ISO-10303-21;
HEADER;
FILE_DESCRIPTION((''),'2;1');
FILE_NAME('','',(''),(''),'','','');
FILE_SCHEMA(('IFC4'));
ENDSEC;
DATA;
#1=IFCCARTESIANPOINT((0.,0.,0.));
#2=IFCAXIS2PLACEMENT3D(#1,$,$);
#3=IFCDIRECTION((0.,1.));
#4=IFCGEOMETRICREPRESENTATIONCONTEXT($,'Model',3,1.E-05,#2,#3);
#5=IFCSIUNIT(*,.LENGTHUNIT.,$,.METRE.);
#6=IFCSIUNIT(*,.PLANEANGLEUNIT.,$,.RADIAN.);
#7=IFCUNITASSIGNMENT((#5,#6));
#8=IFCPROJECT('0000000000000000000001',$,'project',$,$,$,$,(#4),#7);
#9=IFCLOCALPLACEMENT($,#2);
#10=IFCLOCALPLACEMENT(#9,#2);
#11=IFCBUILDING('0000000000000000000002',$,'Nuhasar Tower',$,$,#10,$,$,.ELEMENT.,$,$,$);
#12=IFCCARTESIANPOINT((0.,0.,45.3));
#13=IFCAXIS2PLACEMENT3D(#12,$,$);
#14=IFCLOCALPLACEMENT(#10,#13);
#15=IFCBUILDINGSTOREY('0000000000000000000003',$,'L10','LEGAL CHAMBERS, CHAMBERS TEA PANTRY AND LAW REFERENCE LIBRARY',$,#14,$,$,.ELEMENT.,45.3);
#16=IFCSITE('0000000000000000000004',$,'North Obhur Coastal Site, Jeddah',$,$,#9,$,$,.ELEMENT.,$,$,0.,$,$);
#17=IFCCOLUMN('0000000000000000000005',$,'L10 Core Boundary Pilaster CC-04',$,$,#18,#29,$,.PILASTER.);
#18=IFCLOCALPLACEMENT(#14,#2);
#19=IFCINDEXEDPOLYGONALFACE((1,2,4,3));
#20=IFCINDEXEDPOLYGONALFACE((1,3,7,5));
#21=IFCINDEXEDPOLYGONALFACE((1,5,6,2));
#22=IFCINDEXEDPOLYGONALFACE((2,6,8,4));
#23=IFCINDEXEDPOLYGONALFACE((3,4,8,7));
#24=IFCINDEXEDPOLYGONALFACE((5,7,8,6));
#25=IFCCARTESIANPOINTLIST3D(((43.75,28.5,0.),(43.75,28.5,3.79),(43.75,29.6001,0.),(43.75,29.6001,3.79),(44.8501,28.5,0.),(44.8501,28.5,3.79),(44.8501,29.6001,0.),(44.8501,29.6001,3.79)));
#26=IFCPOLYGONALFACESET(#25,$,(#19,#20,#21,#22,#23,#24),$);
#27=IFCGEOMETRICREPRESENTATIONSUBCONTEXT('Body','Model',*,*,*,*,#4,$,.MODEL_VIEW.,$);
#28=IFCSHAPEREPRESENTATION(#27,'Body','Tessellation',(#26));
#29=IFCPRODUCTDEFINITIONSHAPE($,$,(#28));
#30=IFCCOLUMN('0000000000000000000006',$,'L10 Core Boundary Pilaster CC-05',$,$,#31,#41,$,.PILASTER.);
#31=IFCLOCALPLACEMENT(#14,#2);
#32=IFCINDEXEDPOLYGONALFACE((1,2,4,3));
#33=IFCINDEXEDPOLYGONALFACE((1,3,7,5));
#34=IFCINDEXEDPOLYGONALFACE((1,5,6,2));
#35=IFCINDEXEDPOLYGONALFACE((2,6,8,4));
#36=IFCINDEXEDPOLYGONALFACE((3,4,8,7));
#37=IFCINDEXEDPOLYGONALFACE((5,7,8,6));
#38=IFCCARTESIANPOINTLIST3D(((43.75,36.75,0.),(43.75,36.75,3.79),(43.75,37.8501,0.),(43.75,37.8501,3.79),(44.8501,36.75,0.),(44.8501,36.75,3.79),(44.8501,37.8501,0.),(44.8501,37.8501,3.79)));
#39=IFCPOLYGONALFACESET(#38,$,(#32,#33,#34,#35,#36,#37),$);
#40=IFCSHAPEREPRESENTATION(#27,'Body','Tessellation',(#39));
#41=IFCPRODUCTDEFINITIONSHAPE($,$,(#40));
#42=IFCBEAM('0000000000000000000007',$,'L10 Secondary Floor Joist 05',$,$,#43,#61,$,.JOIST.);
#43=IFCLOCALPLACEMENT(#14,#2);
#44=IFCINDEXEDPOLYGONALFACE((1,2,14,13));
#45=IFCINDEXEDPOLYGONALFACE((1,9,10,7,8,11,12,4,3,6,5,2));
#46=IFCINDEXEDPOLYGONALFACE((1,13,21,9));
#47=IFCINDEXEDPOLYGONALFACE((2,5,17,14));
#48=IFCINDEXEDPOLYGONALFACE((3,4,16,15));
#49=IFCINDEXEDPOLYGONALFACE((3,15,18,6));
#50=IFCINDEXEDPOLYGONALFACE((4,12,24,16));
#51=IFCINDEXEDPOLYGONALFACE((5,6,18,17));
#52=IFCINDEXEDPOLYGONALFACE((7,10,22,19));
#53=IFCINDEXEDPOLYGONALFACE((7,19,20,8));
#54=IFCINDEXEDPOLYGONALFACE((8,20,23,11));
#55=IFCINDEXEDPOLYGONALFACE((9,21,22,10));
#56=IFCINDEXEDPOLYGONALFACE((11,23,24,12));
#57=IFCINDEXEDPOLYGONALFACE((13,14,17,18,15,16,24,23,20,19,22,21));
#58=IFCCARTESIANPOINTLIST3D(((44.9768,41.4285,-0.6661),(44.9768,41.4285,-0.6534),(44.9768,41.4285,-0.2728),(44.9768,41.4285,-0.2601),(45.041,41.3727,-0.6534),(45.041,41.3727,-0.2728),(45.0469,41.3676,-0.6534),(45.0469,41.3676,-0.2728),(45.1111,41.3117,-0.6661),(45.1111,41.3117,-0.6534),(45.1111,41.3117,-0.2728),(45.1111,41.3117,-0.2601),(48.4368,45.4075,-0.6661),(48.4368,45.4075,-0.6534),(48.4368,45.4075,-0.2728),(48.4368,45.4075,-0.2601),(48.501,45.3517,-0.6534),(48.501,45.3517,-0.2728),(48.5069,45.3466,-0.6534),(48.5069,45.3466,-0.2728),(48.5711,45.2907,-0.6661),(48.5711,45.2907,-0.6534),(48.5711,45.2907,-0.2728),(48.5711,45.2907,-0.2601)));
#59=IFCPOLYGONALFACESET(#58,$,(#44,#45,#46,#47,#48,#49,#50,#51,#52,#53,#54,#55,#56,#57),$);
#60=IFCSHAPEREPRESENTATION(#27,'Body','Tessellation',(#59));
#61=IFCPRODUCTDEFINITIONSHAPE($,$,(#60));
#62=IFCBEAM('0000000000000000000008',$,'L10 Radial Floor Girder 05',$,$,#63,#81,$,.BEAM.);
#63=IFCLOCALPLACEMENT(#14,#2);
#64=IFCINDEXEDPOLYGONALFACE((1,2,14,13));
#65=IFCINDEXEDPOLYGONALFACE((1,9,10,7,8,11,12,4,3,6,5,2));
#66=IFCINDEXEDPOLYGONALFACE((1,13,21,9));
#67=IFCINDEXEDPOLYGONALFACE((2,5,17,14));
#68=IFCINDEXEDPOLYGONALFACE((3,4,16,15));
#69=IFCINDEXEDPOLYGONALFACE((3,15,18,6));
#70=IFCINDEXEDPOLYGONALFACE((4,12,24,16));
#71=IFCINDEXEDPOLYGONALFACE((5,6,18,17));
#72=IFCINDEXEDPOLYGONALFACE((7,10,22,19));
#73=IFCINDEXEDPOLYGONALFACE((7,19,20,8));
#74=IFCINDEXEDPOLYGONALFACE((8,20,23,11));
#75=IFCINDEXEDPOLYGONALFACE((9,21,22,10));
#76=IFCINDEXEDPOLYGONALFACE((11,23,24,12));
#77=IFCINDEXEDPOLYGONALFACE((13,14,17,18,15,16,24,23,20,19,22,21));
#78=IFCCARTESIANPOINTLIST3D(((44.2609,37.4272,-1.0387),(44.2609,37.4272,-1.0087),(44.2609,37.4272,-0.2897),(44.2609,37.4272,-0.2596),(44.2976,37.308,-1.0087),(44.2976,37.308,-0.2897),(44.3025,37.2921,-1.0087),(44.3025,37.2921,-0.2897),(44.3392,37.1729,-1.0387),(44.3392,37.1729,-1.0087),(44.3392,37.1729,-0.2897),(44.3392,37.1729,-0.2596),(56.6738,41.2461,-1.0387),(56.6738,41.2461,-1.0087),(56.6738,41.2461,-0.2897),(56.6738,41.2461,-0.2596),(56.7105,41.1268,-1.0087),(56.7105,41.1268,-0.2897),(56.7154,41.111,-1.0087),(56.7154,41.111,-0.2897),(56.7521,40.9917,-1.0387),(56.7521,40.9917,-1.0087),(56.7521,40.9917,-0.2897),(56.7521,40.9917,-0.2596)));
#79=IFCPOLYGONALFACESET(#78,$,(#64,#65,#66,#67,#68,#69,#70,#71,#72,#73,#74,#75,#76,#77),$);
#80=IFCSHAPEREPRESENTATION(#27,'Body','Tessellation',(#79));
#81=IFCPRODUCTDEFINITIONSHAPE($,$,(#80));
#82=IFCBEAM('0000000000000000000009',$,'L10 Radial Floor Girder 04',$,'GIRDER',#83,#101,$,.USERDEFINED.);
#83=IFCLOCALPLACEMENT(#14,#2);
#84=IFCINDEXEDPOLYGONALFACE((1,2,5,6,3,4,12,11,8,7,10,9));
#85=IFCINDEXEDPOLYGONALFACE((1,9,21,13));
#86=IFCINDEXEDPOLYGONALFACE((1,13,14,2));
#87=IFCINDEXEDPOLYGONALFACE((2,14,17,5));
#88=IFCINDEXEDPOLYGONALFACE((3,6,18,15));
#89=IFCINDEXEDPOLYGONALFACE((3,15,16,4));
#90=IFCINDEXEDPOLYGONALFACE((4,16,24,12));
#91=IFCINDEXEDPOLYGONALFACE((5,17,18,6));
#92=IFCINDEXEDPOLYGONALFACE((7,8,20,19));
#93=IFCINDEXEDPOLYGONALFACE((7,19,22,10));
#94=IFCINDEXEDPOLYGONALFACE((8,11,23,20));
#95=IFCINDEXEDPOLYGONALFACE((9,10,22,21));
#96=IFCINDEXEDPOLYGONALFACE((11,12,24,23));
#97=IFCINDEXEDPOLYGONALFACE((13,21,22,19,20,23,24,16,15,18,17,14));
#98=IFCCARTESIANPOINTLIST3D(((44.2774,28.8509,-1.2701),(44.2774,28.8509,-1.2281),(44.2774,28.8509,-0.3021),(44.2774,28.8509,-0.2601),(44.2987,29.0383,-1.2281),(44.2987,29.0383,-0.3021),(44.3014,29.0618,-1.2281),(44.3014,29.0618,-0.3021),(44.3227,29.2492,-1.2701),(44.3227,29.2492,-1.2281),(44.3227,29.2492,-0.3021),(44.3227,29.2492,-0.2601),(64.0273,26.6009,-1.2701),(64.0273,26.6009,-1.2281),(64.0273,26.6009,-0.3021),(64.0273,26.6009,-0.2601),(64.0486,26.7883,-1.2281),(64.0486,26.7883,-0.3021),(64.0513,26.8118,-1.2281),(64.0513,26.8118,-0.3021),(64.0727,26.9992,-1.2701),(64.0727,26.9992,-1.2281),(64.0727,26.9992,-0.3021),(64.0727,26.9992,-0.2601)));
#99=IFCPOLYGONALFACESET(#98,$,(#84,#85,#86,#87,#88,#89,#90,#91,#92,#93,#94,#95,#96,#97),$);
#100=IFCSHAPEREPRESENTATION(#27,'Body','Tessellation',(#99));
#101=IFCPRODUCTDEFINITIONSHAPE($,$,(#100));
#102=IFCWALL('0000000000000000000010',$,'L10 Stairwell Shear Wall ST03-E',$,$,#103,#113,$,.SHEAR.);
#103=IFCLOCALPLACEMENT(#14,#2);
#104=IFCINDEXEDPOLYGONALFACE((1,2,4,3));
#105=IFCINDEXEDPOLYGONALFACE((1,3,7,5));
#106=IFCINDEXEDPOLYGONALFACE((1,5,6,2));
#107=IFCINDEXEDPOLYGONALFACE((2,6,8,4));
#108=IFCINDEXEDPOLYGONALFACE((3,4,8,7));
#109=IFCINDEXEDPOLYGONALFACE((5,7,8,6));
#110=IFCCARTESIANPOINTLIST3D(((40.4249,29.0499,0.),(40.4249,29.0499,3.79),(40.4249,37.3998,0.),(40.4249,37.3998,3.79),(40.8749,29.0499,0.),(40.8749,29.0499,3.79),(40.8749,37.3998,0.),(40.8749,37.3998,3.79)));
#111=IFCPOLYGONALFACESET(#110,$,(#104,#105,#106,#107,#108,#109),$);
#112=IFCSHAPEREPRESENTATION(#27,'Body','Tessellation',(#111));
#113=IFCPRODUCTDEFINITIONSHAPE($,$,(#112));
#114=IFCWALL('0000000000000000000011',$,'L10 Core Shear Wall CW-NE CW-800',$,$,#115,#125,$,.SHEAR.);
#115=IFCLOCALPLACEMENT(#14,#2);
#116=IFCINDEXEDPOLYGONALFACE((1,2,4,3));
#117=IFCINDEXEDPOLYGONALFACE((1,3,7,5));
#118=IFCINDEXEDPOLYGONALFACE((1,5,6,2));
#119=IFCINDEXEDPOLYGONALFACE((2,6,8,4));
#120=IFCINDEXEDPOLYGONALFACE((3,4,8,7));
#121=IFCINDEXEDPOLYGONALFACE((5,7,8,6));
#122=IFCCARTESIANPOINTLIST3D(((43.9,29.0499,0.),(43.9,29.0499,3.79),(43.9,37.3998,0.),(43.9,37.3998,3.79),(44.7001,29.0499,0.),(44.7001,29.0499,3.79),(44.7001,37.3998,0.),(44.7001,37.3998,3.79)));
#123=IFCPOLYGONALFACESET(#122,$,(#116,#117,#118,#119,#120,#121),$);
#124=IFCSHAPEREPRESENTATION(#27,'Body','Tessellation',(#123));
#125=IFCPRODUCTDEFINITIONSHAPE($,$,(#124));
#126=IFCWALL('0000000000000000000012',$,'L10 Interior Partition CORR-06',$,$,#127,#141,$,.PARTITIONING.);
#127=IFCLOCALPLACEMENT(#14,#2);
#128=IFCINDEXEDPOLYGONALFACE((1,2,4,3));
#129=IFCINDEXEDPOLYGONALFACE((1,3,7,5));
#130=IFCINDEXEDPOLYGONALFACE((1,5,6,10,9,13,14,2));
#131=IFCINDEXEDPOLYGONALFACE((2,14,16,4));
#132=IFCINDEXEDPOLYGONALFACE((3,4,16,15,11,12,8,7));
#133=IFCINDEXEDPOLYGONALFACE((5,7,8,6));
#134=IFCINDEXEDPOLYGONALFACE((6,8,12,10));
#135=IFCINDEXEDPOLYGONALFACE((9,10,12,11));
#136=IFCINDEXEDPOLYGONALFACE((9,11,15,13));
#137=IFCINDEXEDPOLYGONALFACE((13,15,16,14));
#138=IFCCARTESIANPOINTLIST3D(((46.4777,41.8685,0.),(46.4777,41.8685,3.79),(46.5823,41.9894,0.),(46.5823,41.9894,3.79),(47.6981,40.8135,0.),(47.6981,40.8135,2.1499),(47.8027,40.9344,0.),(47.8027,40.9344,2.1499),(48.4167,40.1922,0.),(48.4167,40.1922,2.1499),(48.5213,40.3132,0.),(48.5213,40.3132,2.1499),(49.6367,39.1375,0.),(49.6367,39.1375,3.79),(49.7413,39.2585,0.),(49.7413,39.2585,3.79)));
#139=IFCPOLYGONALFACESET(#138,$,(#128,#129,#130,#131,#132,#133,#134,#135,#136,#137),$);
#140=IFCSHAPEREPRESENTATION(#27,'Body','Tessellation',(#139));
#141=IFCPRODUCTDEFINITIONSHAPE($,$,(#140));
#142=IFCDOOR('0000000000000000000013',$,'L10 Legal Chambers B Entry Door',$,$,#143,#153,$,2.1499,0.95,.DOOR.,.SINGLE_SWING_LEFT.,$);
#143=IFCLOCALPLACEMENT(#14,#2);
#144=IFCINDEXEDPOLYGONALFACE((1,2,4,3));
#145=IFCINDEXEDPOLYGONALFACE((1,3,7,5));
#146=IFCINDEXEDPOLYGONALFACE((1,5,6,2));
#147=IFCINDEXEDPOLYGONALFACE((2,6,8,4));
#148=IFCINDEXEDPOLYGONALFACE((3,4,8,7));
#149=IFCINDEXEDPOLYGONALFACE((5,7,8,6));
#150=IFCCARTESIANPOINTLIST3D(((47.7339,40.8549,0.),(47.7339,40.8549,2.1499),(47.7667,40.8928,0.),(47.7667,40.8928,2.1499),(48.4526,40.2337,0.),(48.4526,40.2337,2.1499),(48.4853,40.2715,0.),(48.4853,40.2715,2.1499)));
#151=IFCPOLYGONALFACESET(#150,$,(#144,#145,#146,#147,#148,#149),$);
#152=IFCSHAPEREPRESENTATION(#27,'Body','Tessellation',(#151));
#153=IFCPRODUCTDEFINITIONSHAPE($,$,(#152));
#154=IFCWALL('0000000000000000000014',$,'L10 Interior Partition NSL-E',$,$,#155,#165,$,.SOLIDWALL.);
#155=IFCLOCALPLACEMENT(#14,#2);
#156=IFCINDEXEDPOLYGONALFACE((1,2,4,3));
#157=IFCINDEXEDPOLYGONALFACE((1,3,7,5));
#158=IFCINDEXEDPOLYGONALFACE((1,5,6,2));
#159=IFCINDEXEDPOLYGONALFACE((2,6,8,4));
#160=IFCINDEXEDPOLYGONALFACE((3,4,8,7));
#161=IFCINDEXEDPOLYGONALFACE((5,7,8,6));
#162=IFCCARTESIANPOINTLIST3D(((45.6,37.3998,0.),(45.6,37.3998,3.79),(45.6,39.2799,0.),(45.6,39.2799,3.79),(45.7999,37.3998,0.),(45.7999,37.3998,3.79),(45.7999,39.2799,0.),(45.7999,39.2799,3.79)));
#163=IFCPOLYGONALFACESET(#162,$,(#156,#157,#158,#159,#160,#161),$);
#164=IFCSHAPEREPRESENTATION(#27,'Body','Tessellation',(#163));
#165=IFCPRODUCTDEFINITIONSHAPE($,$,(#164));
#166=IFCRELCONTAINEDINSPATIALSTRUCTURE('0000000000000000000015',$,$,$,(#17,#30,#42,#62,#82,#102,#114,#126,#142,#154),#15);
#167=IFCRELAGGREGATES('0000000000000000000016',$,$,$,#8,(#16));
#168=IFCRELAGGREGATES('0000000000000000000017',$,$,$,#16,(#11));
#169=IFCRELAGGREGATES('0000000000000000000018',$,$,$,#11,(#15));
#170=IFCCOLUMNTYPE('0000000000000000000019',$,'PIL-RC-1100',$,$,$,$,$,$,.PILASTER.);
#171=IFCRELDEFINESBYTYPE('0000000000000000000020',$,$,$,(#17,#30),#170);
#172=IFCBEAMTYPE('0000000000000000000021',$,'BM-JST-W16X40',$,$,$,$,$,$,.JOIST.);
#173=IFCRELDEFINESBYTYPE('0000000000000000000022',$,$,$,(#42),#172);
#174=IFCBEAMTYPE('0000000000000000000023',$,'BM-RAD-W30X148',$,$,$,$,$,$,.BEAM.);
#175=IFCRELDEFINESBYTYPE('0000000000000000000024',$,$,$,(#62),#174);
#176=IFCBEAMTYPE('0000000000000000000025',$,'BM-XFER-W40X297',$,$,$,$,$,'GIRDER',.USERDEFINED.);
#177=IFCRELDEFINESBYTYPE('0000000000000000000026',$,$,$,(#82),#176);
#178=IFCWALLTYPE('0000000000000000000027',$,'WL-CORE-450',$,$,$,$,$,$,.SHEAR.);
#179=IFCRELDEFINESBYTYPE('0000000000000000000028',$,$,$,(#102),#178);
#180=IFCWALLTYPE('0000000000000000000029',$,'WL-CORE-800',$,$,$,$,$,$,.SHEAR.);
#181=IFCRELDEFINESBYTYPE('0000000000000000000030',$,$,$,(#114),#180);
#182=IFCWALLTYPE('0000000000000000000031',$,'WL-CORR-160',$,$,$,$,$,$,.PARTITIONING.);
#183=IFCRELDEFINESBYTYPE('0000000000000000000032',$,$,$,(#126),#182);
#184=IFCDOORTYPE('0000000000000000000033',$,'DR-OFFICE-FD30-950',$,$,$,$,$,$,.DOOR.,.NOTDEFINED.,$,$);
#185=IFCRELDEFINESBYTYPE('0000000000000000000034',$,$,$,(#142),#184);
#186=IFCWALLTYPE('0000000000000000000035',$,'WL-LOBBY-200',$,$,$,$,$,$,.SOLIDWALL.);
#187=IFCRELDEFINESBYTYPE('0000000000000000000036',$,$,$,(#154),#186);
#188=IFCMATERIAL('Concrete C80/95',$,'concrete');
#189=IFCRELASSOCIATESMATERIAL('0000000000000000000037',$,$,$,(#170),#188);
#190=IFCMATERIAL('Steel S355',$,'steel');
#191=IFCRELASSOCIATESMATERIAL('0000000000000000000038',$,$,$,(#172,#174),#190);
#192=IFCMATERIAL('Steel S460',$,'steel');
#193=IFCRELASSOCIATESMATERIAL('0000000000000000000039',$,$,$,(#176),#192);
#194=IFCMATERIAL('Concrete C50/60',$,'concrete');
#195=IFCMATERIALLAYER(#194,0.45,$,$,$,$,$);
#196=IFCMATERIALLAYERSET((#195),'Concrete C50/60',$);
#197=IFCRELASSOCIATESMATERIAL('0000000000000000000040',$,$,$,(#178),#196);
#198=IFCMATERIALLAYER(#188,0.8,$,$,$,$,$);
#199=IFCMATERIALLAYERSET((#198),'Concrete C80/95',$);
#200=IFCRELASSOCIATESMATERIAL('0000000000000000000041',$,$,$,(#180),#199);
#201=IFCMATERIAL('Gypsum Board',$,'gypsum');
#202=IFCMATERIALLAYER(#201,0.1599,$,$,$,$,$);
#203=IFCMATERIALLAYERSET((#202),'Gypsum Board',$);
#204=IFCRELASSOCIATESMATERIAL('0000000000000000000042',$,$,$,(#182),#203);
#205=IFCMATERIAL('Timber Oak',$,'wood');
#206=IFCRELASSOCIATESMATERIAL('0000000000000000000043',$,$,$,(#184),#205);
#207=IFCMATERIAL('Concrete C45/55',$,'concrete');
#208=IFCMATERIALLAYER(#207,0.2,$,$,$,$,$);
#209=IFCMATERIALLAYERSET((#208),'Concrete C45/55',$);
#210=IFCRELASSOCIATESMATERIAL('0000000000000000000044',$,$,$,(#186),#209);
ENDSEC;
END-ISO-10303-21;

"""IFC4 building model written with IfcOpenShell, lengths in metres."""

from ifc_helpers import new_model, si_unit, direction, frame, frame_2d, origin, origin_2d, place, context, subcontext, project, spatial, rectangle, i_section, extrude, material, layer, layer_set, material_profile, profile_set, type_object, element, fill, save


model = new_model("IFC4")

# Units and contexts
model_context = context("Model", 3, precision=1e-05, world=origin(), true_north=direction((0.0, 1.0)))
body_context = subcontext(model_context, "Body", "Model", "MODEL_VIEW")
ifc_project = project(units=[si_unit("LENGTHUNIT", "METRE"), si_unit("PLANEANGLEUNIT", "RADIAN")], contexts=[model_context])

# Site, building, storey
site_placement = place(None, origin())
site = spatial("IfcSite", under=ifc_project, at=site_placement, Name="North Obhur Coastal Site, Jeddah", CompositionType="ELEMENT", RefElevation=0.0)
building_placement = place(site_placement, origin())
building = spatial("IfcBuilding", under=site, at=building_placement, Name="Nuhasar Tower", CompositionType="ELEMENT")
storey_placement = place(building_placement, frame((0.0, 0.0, 45.3)))
storey = spatial("IfcBuildingStorey", under=building, at=storey_placement, Name="L10", Description="LEGAL CHAMBERS, CHAMBERS TEA PANTRY AND LAW REFERENCE LIBRARY", CompositionType="ELEMENT", Elevation=45.3)

# Columns
ifc_material_1 = material(Name="Concrete C80/95", Category="concrete")
ifc_material_profile_1 = material_profile(ifc_material_1, rectangle(XDim=1.1001, YDim=1.1001, at=origin_2d()), Name="RC1100X1100")
ifc_profile_set_1 = profile_set([ifc_material_profile_1], Name="Concrete C80/95")
column_type = type_object("IfcColumnType", Name="PIL-RC-1100", PredefinedType="PILASTER", material=ifc_profile_set_1)
for number, where, z_axis, x_axis, name in (
    (1, (44.3, 29.05, 0.0), (0.0, 0.0, 1.0), (1.0, 0.0, 0.0), "L10 Core Boundary Pilaster CC-04"),
    (2, (44.3, 37.3, 0.0), (0.0, 0.0, 1.0), (1.0, 0.0, 0.0), "L10 Core Boundary Pilaster CC-05"),
):
    element("IfcColumn", number, at=place(storey_placement, frame(where, z_axis=z_axis, x_axis=x_axis)), inside=storey, type_object=column_type, Name=name, PredefinedType="PILASTER", context=body_context, shape_type="SweptSolid", body=[
        extrude(rectangle(XDim=1.1001, YDim=1.1001, at=origin_2d()), origin(), (0.0, 0.0, 1.0), 3.79),
    ])

# Beams
ifc_material_2 = material(Name="Steel S355", Category="steel")
ifc_material_profile_2 = material_profile(ifc_material_2, i_section(OverallWidth=0.178, OverallDepth=0.406, WebThickness=0.0078, FlangeThickness=0.0127, at=origin_2d()), Name="W16X40")
ifc_profile_set_2 = profile_set([ifc_material_profile_2], Name="Steel S355")
beam_type_1 = type_object("IfcBeamType", Name="BM-JST-W16X40", PredefinedType="JOIST", material=ifc_profile_set_2)
beam_1_placement = place(storey_placement, frame((45.0439, 41.3701, -0.4631), z_axis=(0.656174, 0.75461, 0.0), x_axis=(-0.75461, 0.656174, 0.0)))
element("IfcBeam", 3, at=beam_1_placement, inside=storey, type_object=beam_type_1, Name="L10 Secondary Floor Joist 05", PredefinedType="JOIST", context=body_context, shape_type="SweptSolid", body=[
    extrude(i_section(OverallWidth=0.178, OverallDepth=0.406, WebThickness=0.0078, FlangeThickness=0.0127, at=origin_2d()), origin(), (0.0, 0.0, 1.0), 5.2729),
])
ifc_material_profile_3 = material_profile(ifc_material_2, i_section(OverallWidth=0.2661, OverallDepth=0.7791, WebThickness=0.0166, FlangeThickness=0.03, at=origin_2d()), Name="W30X148")
ifc_profile_set_3 = profile_set([ifc_material_profile_3], Name="Steel S355")
beam_type_2 = type_object("IfcBeamType", Name="BM-RAD-W30X148", PredefinedType="BEAM", material=ifc_profile_set_3)
beam_2_placement = place(storey_placement, frame((44.3, 37.3, -0.6492), z_axis=(0.95579, 0.294052, 0.0), x_axis=(-0.294052, 0.95579, 0.0)))
element("IfcBeam", 4, at=beam_2_placement, inside=storey, type_object=beam_type_2, Name="L10 Radial Floor Girder 05", PredefinedType="BEAM", context=body_context, shape_type="SweptSolid", body=[
    extrude(i_section(OverallWidth=0.2661, OverallDepth=0.7791, WebThickness=0.0166, FlangeThickness=0.03, at=origin_2d()), origin(), (0.0, 0.0, 1.0), 12.9871),
])
ifc_material_3 = material(Name="Steel S460", Category="steel")
ifc_material_profile_4 = material_profile(ifc_material_3, i_section(OverallWidth=0.4009, OverallDepth=1.01, WebThickness=0.0237, FlangeThickness=0.042, at=origin_2d()), Name="W40X297")
ifc_profile_set_4 = profile_set([ifc_material_profile_4], Name="Steel S460")
beam_type_3 = type_object("IfcBeamType", Name="BM-XFER-W40X297", ElementType="GIRDER", PredefinedType="USERDEFINED", material=ifc_profile_set_4)
beam_3_placement = place(storey_placement, frame((44.3, 29.05, -0.7651), z_axis=(0.993573, -0.113192, 0.0), x_axis=(0.113192, 0.993573, 0.0)))
element("IfcBeam", 5, at=beam_3_placement, inside=storey, type_object=beam_type_3, Name="L10 Radial Floor Girder 04", ObjectType="GIRDER", PredefinedType="USERDEFINED", context=body_context, shape_type="SweptSolid", body=[
    extrude(i_section(OverallWidth=0.4009, OverallDepth=1.01, WebThickness=0.0237, FlangeThickness=0.042, at=origin_2d()), origin(), (0.0, 0.0, 1.0), 19.8777),
])

# Shared definitions
ifc_material_4 = material(Name="Concrete C50/60", Category="concrete")
ifc_layer_1 = layer(ifc_material_4, 0.45)
ifc_layer_set_1 = layer_set([ifc_layer_1], Name="Concrete C50/60")
wall_type_1 = type_object("IfcWallType", Name="WL-CORE-450", PredefinedType="SHEAR", material=ifc_layer_set_1)

# Wall
wall_1_placement = place(storey_placement, frame((40.6499, 29.05, 0.0), z_axis=(0.0, 0.0, 1.0), x_axis=(0.0, 1.0, 0.0)))
element("IfcWall", 6, at=wall_1_placement, inside=storey, type_object=wall_type_1, Name="L10 Stairwell Shear Wall ST03-E", PredefinedType="SHEAR", context=body_context, shape_type="SweptSolid", body=[
    extrude(rectangle(XDim=8.3499, YDim=0.45, at=frame_2d((4.1748, 0.0))), origin(), (0.0, 0.0, 1.0), 3.79),
])

# Wall
ifc_layer_2 = layer(ifc_material_1, 0.8)
ifc_layer_set_2 = layer_set([ifc_layer_2], Name="Concrete C80/95")
wall_type_2 = type_object("IfcWallType", Name="WL-CORE-800", PredefinedType="SHEAR", material=ifc_layer_set_2)
wall_2_placement = place(storey_placement, frame((44.3, 29.05, 0.0), z_axis=(0.0, 0.0, 1.0), x_axis=(0.0, 1.0, 0.0)))
element("IfcWall", 7, at=wall_2_placement, inside=storey, type_object=wall_type_2, Name="L10 Core Shear Wall CW-NE CW-800", PredefinedType="SHEAR", context=body_context, shape_type="SweptSolid", body=[
    extrude(rectangle(XDim=8.3499, YDim=0.8, at=frame_2d((4.1748, 0.0))), origin(), (0.0, 0.0, 1.0), 3.79),
])

# Wall, opening, door
ifc_material_5 = material(Name="Gypsum Board", Category="gypsum")
ifc_layer_3 = layer(ifc_material_5, 0.1599)
ifc_layer_set_3 = layer_set([ifc_layer_3], Name="Gypsum Board")
wall_type_3 = type_object("IfcWallType", Name="WL-CORR-160", PredefinedType="PARTITIONING", material=ifc_layer_set_3)
wall_3_placement = place(storey_placement, frame((46.53, 41.929, 0.0), z_axis=(0.0, 0.0, 1.0), x_axis=(0.756493, -0.654002, 0.0)))
wall_3 = element("IfcWall", 8, at=wall_3_placement, inside=storey, type_object=wall_type_3, Name="L10 Interior Partition CORR-06", PredefinedType="PARTITIONING", context=body_context, shape_type="SweptSolid", body=[
    extrude(rectangle(XDim=4.1758, YDim=0.1599, at=frame_2d((2.0879, 0.0))), origin(), (0.0, 0.0, 1.0), 3.79),
])
opening_1_placement = place(wall_3_placement, frame((1.613, 0.0, 0.0)))
opening_1 = element("IfcOpeningElement", 9, at=opening_1_placement, cuts=wall_3, PredefinedType="OPENING", context=body_context, shape_type="SweptSolid", body=[
    extrude(rectangle(XDim=0.95, YDim=2.1499, at=frame_2d((0.4751, 1.075))), frame((0.0, 0.0898, 0.0), z_axis=(0.0, -1.0, 0.0), x_axis=(1.0, 0.0, 0.0)), (0.0, 0.0, 1.0), 0.1799),
])
ifc_material_6 = material(Name="Timber Oak", Category="wood")
door_type_1 = type_object("IfcDoorType", Name="DR-OFFICE-FD30-950", OperationType="NOTDEFINED", PredefinedType="DOOR", material=ifc_material_6)
door_1_placement = place(opening_1_placement, origin())
door_1 = element("IfcDoor", 10, at=door_1_placement, inside=storey, type_object=door_type_1, Name="L10 Legal Chambers B Entry Door", OperationType="SINGLE_SWING_LEFT", OverallHeight=2.1499, OverallWidth=0.95, PredefinedType="DOOR", context=body_context, shape_type="SweptSolid", body=[
    extrude(rectangle(XDim=0.95, YDim=2.1499, at=frame_2d((0.4751, 1.075))), frame((0.0, 0.0249, 0.0), z_axis=(0.0, -1.0, 0.0), x_axis=(1.0, 0.0, 0.0)), (0.0, 0.0, 1.0), 0.05),
])
fill(opening_1, door_1)

# Wall
ifc_material_7 = material(Name="Concrete C45/55", Category="concrete")
ifc_layer_4 = layer(ifc_material_7, 0.2)
ifc_layer_set_4 = layer_set([ifc_layer_4], Name="Concrete C45/55")
wall_type_4 = type_object("IfcWallType", Name="WL-LOBBY-200", PredefinedType="SOLIDWALL", material=ifc_layer_set_4)
wall_4_placement = place(storey_placement, frame((45.7, 37.3999, 0.0), z_axis=(0.0, 0.0, 1.0), x_axis=(0.0, 1.0, 0.0)))
element("IfcWall", 11, at=wall_4_placement, inside=storey, type_object=wall_type_4, Name="L10 Interior Partition NSL-E", PredefinedType="SOLIDWALL", context=body_context, shape_type="SweptSolid", body=[
    extrude(rectangle(XDim=1.8801, YDim=0.2, at=frame_2d((0.9399, 0.0))), origin(), (0.0, 0.0, 1.0), 3.79),
])

save(model, "model.ifc")
